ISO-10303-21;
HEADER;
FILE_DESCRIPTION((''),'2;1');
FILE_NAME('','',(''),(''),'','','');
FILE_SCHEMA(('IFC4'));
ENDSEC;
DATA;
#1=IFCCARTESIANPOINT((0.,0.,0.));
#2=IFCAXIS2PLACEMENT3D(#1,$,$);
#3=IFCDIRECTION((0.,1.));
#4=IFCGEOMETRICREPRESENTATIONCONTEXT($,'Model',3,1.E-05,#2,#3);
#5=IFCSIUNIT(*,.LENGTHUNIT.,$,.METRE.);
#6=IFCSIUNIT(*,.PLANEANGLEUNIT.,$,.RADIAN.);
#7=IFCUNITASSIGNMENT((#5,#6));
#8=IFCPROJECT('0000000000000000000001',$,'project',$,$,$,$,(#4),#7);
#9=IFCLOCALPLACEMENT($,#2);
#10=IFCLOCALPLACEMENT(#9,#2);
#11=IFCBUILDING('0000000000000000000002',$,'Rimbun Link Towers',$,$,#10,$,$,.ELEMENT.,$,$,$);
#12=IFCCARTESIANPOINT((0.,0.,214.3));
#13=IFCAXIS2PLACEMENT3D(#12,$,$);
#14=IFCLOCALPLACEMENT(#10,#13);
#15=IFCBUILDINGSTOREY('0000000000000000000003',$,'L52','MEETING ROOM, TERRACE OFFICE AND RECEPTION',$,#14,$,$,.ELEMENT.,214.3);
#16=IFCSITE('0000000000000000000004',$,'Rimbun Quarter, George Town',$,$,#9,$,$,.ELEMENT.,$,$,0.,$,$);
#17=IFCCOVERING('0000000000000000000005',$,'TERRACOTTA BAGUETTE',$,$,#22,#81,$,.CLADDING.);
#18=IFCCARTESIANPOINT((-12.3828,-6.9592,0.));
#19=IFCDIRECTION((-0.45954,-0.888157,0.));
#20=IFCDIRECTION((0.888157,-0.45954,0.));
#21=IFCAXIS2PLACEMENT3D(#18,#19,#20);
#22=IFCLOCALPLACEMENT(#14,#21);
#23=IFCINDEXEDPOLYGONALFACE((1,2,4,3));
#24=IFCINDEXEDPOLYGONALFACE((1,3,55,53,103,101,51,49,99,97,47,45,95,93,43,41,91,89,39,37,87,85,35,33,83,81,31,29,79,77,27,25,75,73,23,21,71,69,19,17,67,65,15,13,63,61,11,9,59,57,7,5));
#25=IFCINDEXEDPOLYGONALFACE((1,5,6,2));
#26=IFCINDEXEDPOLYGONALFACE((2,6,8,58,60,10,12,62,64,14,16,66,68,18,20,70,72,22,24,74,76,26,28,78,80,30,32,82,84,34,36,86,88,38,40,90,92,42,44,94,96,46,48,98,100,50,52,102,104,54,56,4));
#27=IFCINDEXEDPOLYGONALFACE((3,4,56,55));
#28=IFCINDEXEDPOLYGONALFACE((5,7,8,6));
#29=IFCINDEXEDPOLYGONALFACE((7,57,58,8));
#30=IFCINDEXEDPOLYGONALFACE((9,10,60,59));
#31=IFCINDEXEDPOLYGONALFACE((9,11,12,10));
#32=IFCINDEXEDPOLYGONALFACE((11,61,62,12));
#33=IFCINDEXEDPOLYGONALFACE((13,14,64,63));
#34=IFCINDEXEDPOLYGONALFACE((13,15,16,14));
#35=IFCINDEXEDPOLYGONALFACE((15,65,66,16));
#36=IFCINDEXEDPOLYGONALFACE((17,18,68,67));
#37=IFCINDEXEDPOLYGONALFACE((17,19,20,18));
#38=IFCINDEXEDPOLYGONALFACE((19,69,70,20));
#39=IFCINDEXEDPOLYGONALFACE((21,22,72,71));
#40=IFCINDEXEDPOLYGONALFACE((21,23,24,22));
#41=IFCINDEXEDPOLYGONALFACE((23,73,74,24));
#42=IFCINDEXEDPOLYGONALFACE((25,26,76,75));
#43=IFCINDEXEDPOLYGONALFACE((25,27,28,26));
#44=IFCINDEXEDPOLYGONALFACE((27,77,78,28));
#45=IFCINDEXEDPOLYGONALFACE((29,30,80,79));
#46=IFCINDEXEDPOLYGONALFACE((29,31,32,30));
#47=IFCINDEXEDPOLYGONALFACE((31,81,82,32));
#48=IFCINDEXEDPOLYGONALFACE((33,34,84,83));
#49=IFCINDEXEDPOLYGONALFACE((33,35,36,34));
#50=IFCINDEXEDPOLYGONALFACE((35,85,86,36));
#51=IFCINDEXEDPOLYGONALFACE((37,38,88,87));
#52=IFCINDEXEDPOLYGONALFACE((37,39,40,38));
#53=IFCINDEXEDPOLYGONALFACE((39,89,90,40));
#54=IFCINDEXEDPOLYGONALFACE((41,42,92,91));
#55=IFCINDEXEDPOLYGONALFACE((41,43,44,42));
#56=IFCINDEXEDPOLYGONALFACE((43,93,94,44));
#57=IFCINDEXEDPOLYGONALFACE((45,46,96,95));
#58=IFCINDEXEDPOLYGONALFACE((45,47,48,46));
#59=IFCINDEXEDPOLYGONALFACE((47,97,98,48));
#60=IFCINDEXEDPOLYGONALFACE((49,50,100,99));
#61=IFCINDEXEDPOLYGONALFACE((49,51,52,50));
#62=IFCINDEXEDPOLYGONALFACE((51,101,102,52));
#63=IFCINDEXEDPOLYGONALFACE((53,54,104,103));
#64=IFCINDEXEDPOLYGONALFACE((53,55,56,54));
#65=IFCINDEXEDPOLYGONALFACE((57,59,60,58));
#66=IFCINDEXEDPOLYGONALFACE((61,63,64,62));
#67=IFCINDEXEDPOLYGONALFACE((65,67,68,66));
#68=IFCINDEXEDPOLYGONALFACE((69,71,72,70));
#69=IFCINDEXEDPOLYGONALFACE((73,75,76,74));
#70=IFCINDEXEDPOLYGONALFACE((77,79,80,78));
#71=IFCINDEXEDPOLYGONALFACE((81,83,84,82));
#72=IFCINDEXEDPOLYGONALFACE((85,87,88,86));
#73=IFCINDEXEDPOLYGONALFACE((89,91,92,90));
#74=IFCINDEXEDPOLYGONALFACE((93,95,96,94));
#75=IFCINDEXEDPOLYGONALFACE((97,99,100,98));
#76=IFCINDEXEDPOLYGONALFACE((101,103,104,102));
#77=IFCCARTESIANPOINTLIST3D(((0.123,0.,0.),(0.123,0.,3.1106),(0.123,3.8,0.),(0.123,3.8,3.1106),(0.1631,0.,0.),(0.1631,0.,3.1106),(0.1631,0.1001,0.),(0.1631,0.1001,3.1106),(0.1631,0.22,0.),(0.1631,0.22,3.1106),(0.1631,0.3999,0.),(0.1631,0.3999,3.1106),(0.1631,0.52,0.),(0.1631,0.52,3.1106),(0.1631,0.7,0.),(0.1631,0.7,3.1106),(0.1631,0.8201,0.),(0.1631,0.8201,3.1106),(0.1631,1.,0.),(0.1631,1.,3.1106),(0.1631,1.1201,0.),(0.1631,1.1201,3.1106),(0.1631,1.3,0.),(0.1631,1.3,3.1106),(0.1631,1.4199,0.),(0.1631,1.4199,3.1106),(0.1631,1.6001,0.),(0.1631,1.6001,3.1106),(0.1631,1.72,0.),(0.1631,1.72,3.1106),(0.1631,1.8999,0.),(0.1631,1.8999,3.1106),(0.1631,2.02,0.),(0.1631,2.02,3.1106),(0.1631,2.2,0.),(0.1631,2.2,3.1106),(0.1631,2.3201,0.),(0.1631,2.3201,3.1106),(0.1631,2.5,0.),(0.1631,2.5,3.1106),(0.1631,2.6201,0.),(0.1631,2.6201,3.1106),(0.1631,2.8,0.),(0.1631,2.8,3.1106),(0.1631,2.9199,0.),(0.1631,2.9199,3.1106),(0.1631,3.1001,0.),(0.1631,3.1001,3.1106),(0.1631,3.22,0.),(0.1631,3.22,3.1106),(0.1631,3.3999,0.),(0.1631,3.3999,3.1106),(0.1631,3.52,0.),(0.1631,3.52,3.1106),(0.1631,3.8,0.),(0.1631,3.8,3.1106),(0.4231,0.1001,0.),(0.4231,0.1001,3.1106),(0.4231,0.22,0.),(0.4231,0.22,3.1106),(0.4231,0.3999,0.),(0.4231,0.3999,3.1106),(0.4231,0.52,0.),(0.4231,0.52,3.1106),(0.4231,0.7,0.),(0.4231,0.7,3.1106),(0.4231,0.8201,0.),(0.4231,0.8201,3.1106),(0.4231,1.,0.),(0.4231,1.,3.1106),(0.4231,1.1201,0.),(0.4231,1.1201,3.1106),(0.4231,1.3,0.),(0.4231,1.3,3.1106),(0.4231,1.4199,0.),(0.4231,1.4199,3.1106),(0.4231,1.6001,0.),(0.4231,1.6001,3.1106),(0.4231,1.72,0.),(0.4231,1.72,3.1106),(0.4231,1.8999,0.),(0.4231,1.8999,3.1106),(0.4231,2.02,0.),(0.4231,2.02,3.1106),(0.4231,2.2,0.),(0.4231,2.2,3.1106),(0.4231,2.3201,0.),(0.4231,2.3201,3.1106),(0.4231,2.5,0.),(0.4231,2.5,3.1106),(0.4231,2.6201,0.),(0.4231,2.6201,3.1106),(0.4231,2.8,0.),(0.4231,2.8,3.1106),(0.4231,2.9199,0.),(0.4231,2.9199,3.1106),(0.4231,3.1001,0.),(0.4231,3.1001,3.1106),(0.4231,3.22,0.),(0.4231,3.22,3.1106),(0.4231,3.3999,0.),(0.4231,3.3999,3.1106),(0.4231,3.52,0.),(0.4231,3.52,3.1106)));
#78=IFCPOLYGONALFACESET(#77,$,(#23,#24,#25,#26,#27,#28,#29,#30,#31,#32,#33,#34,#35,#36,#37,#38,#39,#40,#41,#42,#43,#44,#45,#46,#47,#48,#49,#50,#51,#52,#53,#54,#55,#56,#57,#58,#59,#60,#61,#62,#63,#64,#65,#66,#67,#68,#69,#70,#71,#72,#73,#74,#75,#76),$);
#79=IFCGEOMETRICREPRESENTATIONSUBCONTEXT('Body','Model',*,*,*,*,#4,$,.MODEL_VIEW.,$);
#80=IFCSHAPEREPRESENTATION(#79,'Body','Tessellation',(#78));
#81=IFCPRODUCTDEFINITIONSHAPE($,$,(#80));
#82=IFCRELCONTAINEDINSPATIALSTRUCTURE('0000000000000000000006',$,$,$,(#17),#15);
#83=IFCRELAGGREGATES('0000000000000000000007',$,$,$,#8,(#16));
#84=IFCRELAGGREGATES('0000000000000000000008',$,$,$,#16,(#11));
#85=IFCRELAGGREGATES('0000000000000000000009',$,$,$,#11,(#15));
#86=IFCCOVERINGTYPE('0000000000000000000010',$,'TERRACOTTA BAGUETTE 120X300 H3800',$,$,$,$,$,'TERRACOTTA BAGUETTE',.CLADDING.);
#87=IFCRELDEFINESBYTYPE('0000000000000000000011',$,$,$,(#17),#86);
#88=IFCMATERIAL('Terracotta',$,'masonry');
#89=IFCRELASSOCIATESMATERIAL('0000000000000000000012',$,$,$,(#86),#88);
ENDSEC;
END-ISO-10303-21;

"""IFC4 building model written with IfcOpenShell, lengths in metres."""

from ifc_helpers import new_model, si_unit, direction, frame, origin, place, context, subcontext, project, spatial, polyline, outline, extrude, material, material_profile, profile_set, type_object, element, save


model = new_model("IFC4")

# Units and contexts
model_context = context("Model", 3, precision=1e-05, world=origin(), true_north=direction((0.0, 1.0)))
body_context = subcontext(model_context, "Body", "Model", "MODEL_VIEW")
ifc_project = project(units=[si_unit("LENGTHUNIT", "METRE"), si_unit("PLANEANGLEUNIT", "RADIAN")], contexts=[model_context])

# Site, building, storey
site_placement = place(None, origin())
site = spatial("IfcSite", under=ifc_project, at=site_placement, Name="Rimbun Quarter, George Town", CompositionType="ELEMENT", RefElevation=0.0)
building_placement = place(site_placement, origin())
building = spatial("IfcBuilding", under=site, at=building_placement, Name="Rimbun Link Towers", CompositionType="ELEMENT")
storey_placement = place(building_placement, frame((0.0, 0.0, 214.3)))
storey = spatial("IfcBuildingStorey", under=building, at=storey_placement, Name="L52", Description="MEETING ROOM, TERRACE OFFICE AND RECEPTION", CompositionType="ELEMENT", Elevation=214.3)

# Covering
ifc_material_1 = material(Name="Terracotta", Category="masonry")
ifc_material_profile_1 = material_profile(ifc_material_1, outline(polyline([(0.123, 0.0), (0.1631, 0.0), (0.1631, 0.1001), (0.4231, 0.1001), (0.4231, 0.22), (0.1631, 0.22), (0.1631, 0.3999), (0.4231, 0.3999), (0.4231, 0.52), (0.1631, 0.52), (0.1631, 0.7), (0.4231, 0.7), (0.4231, 0.8201), (0.1631, 0.8201), (0.1631, 1.0), (0.4231, 1.0), (0.4231, 1.1201), (0.1631, 1.1201), (0.1631, 1.3), (0.4231, 1.3), (0.4231, 1.4199), (0.1631, 1.4199), (0.1631, 1.6001), (0.4231, 1.6001), (0.4231, 1.72), (0.1631, 1.72), (0.1631, 1.8999), (0.4231, 1.8999), (0.4231, 2.02), (0.1631, 2.02), (0.1631, 2.2), (0.4231, 2.2), (0.4231, 2.3201), (0.1631, 2.3201), (0.1631, 2.5), (0.4231, 2.5), (0.4231, 2.6201), (0.1631, 2.6201), (0.1631, 2.8), (0.4231, 2.8), (0.4231, 2.9199), (0.1631, 2.9199), (0.1631, 3.1001), (0.4231, 3.1001), (0.4231, 3.22), (0.1631, 3.22), (0.1631, 3.3999), (0.4231, 3.3999), (0.4231, 3.52), (0.1631, 3.52), (0.1631, 3.8), (0.123, 3.8), (0.123, 0.0)])), Name="BAGUETTE 120X300")
ifc_profile_set_1 = profile_set([ifc_material_profile_1], Name="Terracotta")
covering_type = type_object("IfcCoveringType", Name="TERRACOTTA BAGUETTE 120X300 H3800", ElementType="TERRACOTTA BAGUETTE", PredefinedType="CLADDING", material=ifc_profile_set_1)
covering_1_placement = place(storey_placement, frame((-12.3828, -6.9592, 0.0), z_axis=(-0.45954, -0.888157, 0.0), x_axis=(0.888157, -0.45954, 0.0)))
element("IfcCovering", 1, at=covering_1_placement, inside=storey, type_object=covering_type, Name="TERRACOTTA BAGUETTE", PredefinedType="CLADDING", context=body_context, shape_type="SweptSolid", body=[
    extrude(outline(polyline([(0.123, 0.0), (0.1631, 0.0), (0.1631, 0.1001), (0.4231, 0.1001), (0.4231, 0.22), (0.1631, 0.22), (0.1631, 0.3999), (0.4231, 0.3999), (0.4231, 0.52), (0.1631, 0.52), (0.1631, 0.7), (0.4231, 0.7), (0.4231, 0.8201), (0.1631, 0.8201), (0.1631, 1.0), (0.4231, 1.0), (0.4231, 1.1201), (0.1631, 1.1201), (0.1631, 1.3), (0.4231, 1.3), (0.4231, 1.4199), (0.1631, 1.4199), (0.1631, 1.6001), (0.4231, 1.6001), (0.4231, 1.72), (0.1631, 1.72), (0.1631, 1.8999), (0.4231, 1.8999), (0.4231, 2.02), (0.1631, 2.02), (0.1631, 2.2), (0.4231, 2.2), (0.4231, 2.3201), (0.1631, 2.3201), (0.1631, 2.5), (0.4231, 2.5), (0.4231, 2.6201), (0.1631, 2.6201), (0.1631, 2.8), (0.4231, 2.8), (0.4231, 2.9199), (0.1631, 2.9199), (0.1631, 3.1001), (0.4231, 3.1001), (0.4231, 3.22), (0.1631, 3.22), (0.1631, 3.3999), (0.4231, 3.3999), (0.4231, 3.52), (0.1631, 3.52), (0.1631, 3.8), (0.123, 3.8), (0.123, 0.0)])), origin(), (0.0, 0.0, 1.0), 3.1106),
])

save(model, "model.ifc")
